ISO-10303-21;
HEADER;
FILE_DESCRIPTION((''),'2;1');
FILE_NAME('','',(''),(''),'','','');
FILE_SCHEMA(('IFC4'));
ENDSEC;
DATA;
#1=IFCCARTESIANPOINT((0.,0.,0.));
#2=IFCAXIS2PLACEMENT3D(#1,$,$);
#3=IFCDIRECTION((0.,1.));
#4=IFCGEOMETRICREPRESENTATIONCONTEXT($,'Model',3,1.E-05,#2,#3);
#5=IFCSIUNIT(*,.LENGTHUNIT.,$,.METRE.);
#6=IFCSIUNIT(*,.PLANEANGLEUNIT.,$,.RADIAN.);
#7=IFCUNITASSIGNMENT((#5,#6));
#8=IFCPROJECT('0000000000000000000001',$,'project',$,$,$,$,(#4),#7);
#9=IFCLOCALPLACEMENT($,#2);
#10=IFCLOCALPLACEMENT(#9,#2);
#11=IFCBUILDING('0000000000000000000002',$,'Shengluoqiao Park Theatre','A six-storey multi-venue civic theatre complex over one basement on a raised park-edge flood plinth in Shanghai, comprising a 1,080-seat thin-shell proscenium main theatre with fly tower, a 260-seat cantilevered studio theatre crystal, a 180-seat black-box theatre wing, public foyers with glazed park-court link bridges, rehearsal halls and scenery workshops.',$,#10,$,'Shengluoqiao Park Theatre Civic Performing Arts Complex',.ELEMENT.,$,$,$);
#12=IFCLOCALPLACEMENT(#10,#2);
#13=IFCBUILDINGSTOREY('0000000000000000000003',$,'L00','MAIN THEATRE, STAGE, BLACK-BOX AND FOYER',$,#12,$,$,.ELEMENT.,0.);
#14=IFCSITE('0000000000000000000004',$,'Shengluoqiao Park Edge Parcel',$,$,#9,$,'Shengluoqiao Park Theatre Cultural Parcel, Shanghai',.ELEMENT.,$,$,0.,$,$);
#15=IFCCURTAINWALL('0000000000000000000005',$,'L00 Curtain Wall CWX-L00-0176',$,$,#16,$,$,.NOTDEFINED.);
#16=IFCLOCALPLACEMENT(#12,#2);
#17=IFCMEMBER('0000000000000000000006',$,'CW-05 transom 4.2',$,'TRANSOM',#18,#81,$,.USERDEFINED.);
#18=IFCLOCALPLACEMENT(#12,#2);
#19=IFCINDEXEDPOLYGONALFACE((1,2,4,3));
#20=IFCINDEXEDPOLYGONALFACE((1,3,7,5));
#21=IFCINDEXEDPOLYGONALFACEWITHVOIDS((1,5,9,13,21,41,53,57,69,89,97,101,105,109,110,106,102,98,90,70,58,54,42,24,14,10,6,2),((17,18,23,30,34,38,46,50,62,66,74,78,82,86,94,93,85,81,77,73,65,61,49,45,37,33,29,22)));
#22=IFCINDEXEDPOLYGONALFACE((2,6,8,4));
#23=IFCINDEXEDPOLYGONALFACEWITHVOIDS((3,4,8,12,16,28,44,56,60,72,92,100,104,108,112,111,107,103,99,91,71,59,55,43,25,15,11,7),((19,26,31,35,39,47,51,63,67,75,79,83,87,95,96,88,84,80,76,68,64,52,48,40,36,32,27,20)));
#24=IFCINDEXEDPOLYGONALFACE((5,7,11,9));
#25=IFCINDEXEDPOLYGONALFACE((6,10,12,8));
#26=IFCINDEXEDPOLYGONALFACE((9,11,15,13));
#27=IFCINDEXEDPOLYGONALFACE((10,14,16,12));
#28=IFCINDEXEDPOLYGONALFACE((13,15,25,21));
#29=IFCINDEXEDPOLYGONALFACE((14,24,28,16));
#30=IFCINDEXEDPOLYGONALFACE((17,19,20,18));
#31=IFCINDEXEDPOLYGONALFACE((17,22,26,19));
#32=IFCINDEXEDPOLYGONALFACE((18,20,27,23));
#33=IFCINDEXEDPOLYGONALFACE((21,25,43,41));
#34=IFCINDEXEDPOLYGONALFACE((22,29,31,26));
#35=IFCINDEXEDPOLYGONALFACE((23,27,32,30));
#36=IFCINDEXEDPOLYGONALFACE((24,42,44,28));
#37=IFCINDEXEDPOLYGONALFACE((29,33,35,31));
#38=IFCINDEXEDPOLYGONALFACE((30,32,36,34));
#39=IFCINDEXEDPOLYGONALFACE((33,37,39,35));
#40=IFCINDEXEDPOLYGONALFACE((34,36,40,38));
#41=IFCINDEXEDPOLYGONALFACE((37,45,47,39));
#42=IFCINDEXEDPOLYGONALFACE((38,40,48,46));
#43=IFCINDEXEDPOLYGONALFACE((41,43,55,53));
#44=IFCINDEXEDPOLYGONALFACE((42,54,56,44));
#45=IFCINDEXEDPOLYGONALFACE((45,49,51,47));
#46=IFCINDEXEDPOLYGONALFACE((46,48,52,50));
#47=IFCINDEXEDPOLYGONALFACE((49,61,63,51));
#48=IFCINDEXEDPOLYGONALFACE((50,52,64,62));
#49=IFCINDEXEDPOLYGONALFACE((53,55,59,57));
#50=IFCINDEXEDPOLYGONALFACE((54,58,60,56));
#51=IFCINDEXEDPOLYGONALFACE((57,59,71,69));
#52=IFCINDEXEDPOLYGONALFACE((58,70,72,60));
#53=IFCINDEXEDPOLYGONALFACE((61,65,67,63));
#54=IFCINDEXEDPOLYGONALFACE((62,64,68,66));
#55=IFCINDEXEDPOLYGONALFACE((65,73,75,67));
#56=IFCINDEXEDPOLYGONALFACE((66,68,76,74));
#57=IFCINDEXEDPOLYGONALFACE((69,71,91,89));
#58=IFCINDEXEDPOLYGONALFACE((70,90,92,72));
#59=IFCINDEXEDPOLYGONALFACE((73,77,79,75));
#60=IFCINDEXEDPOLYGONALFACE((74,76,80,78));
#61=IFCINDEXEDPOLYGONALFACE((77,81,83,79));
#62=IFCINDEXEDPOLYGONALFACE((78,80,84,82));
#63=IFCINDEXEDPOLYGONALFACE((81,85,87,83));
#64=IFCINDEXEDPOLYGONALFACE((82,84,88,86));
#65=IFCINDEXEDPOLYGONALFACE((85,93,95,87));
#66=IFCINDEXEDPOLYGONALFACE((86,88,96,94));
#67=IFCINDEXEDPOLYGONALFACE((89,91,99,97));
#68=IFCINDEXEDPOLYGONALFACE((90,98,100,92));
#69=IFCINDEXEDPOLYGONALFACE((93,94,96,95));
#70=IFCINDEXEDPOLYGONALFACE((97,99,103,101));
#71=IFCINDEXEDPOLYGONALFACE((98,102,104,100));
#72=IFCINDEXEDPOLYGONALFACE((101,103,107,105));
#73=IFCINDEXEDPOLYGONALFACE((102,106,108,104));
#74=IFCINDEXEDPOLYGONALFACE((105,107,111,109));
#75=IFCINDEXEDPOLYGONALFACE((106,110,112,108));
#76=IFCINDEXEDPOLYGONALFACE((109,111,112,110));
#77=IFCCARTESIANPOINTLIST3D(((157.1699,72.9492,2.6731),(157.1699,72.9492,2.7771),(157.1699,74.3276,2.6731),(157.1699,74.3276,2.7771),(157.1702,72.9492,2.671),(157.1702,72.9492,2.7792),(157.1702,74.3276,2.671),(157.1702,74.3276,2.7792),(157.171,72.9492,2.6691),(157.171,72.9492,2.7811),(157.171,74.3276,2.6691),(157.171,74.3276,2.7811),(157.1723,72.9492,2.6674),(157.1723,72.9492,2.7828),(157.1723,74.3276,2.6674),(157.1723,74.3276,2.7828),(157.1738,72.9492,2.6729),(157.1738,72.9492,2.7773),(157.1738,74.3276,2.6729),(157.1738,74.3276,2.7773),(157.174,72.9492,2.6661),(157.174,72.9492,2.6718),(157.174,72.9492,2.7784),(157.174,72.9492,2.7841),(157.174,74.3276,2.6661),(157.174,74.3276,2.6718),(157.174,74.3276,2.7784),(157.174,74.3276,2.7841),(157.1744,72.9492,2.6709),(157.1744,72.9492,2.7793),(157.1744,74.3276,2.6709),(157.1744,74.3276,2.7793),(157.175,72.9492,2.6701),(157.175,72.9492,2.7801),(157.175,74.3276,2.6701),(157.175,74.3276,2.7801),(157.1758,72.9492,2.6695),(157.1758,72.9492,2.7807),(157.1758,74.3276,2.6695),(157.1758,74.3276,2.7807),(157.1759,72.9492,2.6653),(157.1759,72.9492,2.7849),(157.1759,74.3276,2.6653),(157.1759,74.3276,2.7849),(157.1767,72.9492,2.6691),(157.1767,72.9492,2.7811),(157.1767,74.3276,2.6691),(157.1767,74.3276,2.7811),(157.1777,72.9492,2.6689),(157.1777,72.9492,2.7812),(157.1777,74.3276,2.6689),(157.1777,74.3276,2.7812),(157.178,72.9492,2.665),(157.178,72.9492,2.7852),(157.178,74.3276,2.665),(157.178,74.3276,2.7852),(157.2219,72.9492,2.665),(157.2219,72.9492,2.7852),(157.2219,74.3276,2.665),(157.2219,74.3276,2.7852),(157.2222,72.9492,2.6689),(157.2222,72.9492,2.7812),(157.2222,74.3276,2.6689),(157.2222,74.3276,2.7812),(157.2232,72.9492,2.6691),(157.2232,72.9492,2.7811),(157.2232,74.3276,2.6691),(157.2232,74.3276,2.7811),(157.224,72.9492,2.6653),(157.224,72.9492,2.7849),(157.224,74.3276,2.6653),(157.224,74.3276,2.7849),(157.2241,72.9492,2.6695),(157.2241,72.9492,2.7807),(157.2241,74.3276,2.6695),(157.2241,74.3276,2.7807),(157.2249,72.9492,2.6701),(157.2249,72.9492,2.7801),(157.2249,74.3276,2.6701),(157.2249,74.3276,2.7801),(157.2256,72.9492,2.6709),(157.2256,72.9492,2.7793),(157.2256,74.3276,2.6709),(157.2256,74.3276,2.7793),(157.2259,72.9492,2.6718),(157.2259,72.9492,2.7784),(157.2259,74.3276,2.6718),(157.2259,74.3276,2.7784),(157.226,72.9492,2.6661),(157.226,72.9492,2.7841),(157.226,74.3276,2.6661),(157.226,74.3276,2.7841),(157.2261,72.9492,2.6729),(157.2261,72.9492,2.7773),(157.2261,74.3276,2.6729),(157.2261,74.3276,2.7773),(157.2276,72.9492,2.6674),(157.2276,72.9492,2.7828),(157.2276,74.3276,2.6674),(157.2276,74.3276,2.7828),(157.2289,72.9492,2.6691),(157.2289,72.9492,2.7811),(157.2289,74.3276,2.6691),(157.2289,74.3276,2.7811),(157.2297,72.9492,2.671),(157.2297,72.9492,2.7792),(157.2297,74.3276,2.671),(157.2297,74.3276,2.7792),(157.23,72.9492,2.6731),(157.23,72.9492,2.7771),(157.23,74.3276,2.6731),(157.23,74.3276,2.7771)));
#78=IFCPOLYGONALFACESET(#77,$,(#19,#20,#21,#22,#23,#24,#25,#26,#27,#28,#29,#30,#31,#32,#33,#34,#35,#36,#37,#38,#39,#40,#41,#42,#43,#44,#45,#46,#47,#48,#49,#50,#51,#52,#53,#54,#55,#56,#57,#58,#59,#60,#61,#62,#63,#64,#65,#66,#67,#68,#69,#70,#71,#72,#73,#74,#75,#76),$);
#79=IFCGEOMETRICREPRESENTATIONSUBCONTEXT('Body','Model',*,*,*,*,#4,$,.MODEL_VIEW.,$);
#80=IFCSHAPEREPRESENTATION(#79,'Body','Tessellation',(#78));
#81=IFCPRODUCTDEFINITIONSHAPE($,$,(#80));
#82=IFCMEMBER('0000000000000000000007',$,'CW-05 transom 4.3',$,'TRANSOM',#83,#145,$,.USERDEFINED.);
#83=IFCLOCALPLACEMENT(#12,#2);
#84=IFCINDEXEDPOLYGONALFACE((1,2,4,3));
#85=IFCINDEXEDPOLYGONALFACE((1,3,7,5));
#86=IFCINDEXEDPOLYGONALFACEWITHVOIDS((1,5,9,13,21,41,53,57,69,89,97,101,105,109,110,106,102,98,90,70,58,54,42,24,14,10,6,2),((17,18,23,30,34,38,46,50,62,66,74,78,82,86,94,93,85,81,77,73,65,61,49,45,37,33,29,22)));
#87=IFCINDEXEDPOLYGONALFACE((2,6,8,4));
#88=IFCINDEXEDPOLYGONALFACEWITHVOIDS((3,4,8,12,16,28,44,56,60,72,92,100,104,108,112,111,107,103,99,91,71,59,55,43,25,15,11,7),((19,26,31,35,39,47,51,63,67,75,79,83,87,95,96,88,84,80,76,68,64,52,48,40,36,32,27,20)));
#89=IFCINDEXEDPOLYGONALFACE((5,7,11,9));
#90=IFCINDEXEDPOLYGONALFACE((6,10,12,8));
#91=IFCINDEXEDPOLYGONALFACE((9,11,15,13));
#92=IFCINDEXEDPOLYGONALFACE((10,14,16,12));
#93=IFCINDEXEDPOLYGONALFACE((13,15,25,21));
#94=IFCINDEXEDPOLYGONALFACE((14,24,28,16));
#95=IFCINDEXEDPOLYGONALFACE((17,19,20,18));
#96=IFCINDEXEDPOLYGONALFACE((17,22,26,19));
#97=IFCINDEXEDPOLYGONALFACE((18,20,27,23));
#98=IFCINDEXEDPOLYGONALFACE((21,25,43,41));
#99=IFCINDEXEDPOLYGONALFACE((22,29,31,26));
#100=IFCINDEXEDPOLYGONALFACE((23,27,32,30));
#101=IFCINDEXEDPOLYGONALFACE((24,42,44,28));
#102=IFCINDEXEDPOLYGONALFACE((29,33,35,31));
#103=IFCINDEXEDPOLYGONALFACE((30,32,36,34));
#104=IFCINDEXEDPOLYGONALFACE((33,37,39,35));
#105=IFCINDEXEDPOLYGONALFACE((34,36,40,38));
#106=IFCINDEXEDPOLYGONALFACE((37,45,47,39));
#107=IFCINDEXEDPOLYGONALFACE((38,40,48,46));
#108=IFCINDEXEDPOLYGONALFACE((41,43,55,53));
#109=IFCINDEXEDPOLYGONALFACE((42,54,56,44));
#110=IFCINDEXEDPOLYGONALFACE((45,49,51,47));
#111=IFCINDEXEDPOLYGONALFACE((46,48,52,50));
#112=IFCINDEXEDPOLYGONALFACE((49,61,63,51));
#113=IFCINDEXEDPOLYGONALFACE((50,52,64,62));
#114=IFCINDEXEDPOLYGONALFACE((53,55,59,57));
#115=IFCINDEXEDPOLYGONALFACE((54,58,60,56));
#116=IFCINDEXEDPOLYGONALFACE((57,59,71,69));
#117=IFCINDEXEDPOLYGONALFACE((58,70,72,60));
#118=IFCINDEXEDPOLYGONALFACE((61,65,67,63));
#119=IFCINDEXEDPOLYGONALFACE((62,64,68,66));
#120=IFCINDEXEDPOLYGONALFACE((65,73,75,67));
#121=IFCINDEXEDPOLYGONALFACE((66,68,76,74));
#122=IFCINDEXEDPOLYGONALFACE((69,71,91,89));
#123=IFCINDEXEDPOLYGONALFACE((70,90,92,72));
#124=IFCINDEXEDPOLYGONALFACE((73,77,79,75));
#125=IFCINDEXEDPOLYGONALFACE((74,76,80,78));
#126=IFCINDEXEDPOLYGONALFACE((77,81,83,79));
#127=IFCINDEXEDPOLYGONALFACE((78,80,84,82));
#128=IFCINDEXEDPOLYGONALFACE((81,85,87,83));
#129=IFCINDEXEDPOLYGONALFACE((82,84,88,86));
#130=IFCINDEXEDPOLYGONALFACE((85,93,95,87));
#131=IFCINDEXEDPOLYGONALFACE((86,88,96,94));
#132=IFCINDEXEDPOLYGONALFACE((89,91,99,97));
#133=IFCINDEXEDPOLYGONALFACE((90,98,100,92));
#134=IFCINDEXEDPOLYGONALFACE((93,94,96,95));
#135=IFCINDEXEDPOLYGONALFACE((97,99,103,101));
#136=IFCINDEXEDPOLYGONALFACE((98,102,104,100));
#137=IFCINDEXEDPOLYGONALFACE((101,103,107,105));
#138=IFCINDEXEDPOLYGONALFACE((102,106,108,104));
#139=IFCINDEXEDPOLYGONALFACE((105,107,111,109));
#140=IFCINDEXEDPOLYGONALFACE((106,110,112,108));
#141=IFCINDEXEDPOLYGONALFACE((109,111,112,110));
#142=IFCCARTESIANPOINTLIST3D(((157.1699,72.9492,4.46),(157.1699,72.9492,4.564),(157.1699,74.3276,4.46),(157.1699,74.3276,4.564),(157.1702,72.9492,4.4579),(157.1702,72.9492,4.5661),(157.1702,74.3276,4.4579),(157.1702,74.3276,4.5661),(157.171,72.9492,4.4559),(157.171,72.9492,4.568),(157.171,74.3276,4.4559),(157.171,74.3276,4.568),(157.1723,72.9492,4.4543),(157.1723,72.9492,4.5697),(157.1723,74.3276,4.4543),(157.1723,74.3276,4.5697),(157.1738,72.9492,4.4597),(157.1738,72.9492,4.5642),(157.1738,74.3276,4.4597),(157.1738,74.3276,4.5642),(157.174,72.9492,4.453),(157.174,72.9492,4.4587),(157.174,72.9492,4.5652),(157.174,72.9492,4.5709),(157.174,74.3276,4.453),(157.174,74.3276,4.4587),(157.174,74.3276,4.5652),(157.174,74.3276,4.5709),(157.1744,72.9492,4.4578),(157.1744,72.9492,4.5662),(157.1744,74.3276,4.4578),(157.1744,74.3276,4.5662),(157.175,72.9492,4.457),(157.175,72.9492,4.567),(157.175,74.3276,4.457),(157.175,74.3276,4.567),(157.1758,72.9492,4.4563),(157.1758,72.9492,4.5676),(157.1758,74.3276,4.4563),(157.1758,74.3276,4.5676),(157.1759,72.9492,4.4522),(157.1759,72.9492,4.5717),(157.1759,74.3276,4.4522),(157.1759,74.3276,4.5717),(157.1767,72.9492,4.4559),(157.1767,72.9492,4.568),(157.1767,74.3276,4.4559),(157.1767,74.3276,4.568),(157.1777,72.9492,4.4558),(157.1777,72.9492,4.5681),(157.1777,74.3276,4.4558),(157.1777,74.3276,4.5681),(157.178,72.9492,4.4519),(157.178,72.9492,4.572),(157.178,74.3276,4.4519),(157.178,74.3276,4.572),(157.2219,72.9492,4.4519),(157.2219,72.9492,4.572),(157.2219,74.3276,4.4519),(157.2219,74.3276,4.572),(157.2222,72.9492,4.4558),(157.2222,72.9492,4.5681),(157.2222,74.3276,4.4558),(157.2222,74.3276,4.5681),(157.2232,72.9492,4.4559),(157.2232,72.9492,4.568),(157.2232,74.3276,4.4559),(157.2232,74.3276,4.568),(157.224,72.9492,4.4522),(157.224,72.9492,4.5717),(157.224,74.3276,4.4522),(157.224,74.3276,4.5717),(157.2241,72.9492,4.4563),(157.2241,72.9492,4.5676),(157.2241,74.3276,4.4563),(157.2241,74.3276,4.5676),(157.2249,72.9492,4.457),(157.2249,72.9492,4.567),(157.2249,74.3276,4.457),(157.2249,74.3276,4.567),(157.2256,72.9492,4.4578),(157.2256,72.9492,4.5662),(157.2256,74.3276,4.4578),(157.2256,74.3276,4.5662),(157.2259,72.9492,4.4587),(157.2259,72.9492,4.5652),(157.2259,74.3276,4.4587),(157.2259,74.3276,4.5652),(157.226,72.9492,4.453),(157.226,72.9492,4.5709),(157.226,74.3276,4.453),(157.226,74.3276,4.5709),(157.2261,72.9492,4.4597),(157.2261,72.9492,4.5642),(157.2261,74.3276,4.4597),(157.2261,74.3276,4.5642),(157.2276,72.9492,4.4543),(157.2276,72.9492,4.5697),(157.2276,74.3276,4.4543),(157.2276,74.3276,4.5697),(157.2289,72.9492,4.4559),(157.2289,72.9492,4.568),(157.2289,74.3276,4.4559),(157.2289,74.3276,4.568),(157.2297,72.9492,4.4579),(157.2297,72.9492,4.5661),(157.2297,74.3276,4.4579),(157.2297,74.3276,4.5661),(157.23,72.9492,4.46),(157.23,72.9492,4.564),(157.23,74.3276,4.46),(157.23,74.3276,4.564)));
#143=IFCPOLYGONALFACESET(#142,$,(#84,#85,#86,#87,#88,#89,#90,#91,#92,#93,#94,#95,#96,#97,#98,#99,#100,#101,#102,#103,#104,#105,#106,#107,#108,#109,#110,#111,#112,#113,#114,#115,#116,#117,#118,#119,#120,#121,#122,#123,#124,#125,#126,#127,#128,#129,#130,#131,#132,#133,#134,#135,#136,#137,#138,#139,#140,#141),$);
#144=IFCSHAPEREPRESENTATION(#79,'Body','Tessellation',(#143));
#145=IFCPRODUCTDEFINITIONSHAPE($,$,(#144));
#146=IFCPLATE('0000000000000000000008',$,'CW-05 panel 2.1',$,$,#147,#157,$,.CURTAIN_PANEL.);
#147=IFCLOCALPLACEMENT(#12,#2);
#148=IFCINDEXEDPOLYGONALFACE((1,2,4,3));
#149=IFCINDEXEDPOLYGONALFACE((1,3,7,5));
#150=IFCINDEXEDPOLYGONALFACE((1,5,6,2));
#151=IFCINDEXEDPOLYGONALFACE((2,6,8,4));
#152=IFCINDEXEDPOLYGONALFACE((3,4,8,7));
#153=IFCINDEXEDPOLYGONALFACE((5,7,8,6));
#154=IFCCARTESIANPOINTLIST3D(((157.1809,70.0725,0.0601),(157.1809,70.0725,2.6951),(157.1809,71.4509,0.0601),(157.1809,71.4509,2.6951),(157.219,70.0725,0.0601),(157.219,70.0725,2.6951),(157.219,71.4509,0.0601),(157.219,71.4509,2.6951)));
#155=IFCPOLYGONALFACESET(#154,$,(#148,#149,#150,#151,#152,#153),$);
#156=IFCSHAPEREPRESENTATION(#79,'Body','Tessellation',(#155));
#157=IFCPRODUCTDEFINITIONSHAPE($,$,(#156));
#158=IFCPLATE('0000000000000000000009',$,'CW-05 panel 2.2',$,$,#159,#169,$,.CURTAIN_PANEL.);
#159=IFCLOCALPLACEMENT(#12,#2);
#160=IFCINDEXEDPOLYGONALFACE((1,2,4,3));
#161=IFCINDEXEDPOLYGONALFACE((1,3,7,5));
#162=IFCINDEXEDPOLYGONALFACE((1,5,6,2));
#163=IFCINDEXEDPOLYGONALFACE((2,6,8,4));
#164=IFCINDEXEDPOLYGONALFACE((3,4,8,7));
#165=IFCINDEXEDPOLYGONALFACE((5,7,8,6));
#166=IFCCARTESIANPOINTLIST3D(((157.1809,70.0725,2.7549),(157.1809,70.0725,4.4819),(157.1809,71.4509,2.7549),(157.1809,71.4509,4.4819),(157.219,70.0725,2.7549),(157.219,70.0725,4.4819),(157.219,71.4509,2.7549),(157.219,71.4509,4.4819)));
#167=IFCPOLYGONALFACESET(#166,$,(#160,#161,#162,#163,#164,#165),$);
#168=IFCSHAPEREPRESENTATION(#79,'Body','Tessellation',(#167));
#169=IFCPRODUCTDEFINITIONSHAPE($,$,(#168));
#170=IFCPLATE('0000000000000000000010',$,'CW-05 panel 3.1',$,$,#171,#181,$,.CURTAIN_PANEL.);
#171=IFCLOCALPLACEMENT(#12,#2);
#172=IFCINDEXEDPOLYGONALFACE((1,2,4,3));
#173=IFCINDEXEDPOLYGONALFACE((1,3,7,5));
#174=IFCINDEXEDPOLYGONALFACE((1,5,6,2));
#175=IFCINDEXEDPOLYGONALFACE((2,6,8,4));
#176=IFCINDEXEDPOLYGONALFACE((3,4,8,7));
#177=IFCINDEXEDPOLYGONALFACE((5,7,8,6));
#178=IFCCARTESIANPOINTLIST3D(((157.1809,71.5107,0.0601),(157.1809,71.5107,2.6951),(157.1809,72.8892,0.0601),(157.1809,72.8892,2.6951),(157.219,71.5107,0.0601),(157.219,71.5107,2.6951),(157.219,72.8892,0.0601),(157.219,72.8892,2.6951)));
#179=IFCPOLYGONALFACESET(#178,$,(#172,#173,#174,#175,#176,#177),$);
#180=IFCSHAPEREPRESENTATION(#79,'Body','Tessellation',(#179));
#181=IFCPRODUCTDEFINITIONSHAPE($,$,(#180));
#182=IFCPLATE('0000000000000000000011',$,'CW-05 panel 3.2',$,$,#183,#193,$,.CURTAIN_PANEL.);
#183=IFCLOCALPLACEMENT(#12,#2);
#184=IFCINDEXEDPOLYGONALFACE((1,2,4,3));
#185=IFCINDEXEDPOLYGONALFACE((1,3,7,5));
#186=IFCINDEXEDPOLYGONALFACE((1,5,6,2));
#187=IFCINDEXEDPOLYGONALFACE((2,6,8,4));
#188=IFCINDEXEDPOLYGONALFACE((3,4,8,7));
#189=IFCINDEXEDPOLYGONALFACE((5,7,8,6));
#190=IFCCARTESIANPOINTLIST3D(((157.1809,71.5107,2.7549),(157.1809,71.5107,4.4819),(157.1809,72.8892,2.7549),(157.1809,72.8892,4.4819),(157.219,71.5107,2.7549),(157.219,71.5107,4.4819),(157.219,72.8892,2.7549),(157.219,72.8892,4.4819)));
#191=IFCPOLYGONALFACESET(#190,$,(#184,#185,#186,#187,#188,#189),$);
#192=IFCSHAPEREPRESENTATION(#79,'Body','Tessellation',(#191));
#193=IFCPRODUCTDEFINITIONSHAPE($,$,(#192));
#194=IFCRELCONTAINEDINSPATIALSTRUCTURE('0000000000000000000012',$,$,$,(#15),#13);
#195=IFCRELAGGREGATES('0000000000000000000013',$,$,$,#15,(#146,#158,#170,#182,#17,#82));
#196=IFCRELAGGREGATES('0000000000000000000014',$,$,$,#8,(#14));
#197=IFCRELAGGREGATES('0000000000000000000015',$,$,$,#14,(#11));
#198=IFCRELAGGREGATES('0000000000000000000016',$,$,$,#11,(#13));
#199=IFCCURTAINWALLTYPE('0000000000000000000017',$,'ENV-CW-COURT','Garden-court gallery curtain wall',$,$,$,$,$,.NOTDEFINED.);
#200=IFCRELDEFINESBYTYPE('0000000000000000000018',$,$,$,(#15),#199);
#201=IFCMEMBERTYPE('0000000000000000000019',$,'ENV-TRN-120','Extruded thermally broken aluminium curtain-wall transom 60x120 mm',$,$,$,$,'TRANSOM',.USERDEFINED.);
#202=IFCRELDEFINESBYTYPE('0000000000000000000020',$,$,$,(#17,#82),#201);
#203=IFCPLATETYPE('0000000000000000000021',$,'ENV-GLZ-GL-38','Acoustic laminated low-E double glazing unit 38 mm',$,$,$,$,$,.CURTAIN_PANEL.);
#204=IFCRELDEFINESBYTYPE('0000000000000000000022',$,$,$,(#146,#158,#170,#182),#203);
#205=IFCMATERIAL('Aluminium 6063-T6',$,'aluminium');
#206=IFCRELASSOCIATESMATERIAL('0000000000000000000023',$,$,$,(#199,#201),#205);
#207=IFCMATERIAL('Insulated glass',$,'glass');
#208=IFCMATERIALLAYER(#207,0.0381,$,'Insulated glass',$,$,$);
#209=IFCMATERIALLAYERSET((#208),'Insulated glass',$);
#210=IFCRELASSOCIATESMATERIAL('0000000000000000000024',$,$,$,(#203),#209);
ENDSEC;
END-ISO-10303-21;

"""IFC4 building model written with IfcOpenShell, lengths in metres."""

from ifc_helpers import new_model, si_unit, direction, frame, origin, origin_2d, place, context, subcontext, project, spatial, rectangle, hollow_rectangle, extrude, material, layer, layer_set, material_profile, profile_set, type_object, element, aggregate, save


model = new_model("IFC4")

# Units and contexts
model_context = context("Model", 3, precision=1e-05, world=origin(), true_north=direction((0.0, 1.0)))
body_context = subcontext(model_context, "Body", "Model", "MODEL_VIEW")
ifc_project = project(units=[si_unit("LENGTHUNIT", "METRE"), si_unit("PLANEANGLEUNIT", "RADIAN")], contexts=[model_context])

# Site, building, storey
site_placement = place(None, origin())
site = spatial("IfcSite", under=ifc_project, at=site_placement, Name="Shengluoqiao Park Edge Parcel", LongName="Shengluoqiao Park Theatre Cultural Parcel, Shanghai", CompositionType="ELEMENT", RefElevation=0.0)
building_placement = place(site_placement, origin())
building = spatial("IfcBuilding", under=site, at=building_placement, Name="Shengluoqiao Park Theatre", Description="A six-storey multi-venue civic theatre complex over one basement on a raised park-edge flood plinth in Shanghai, comprising a 1,080-seat thin-shell proscenium main theatre with fly tower, a 260-seat cantilevered studio theatre crystal, a 180-seat black-box theatre wing, public foyers with glazed park-court link bridges, rehearsal halls and scenery workshops.", LongName="Shengluoqiao Park Theatre Civic Performing Arts Complex", CompositionType="ELEMENT")
storey_placement = place(building_placement, origin())
storey = spatial("IfcBuildingStorey", under=building, at=storey_placement, Name="L00", Description="MAIN THEATRE, STAGE, BLACK-BOX AND FOYER", CompositionType="ELEMENT", Elevation=0.0)

# Curtain wall, members, plates
ifc_material_1 = material(Name="Aluminium 6063-T6", Category="aluminium")
curtain_wall_type = type_object("IfcCurtainWallType", Name="ENV-CW-COURT", Description="Garden-court gallery curtain wall", PredefinedType="NOTDEFINED", material=ifc_material_1)
curtain_wall_placement = place(storey_placement, origin())
curtain_wall = element("IfcCurtainWall", 1, at=curtain_wall_placement, inside=storey, type_object=curtain_wall_type, Name="L00 Curtain Wall CWX-L00-0176", PredefinedType="NOTDEFINED")
ifc_material_profile_1 = material_profile(ifc_material_1, hollow_rectangle(XDim=0.0601, YDim=0.1201, WallThickness=0.0039, InnerFilletRadius=0.0039, OuterFilletRadius=0.0081, at=origin_2d()), Name="ALU TRANSOM 120x60x4")
ifc_profile_set_1 = profile_set([ifc_material_profile_1], Name="Aluminium 6063-T6")
member_type_1 = type_object("IfcMemberType", Name="ENV-TRN-120", Description="Extruded thermally broken aluminium curtain-wall transom 60x120 mm", ElementType="TRANSOM", PredefinedType="USERDEFINED", material=ifc_profile_set_1)
member_1_placement = place(storey_placement, frame((157.2, 72.9492, 2.7251), z_axis=(0.0, 1.0, 0.0), x_axis=(-1.0, 0.0, 0.0)))
member_1 = element("IfcMember", 2, at=member_1_placement, type_object=member_type_1, Name="CW-05 transom 4.2", ObjectType="TRANSOM", PredefinedType="USERDEFINED", context=body_context, shape_type="SweptSolid", body=[
    extrude(hollow_rectangle(XDim=0.0601, YDim=0.1201, WallThickness=0.0039, InnerFilletRadius=0.0039, OuterFilletRadius=0.0081, at=origin_2d()), origin(), (0.0, 0.0, 1.0), 1.3784),
])
member_2_placement = place(storey_placement, frame((157.2, 72.9492, 4.512), z_axis=(0.0, 1.0, 0.0), x_axis=(-1.0, 0.0, 0.0)))
member_2 = element("IfcMember", 3, at=member_2_placement, type_object=member_type_1, Name="CW-05 transom 4.3", ObjectType="TRANSOM", PredefinedType="USERDEFINED", context=body_context, shape_type="SweptSolid", body=[
    extrude(hollow_rectangle(XDim=0.0601, YDim=0.1201, WallThickness=0.0039, InnerFilletRadius=0.0039, OuterFilletRadius=0.0081, at=origin_2d()), origin(), (0.0, 0.0, 1.0), 1.3784),
])
ifc_material_2 = material(Name="Insulated glass", Category="glass")
ifc_layer = layer(ifc_material_2, 0.0381, Name="Insulated glass")
ifc_layer_set = layer_set([ifc_layer], Name="Insulated glass")
plate_type = type_object("IfcPlateType", Name="ENV-GLZ-GL-38", Description="Acoustic laminated low-E double glazing unit 38 mm", PredefinedType="CURTAIN_PANEL", material=ifc_layer_set)
plate_1_placement = place(storey_placement, frame((157.2, 70.7617, 0.0601), z_axis=(0.0, 0.0, 1.0), x_axis=(0.0, 1.0, 0.0)))
plate_1 = element("IfcPlate", 4, at=plate_1_placement, type_object=plate_type, Name="CW-05 panel 2.1", PredefinedType="CURTAIN_PANEL", context=body_context, shape_type="SweptSolid", body=[
    extrude(rectangle(XDim=1.3784, YDim=0.0381, at=origin_2d()), origin(), (0.0, 0.0, 1.0), 2.635),
])
plate_2_placement = place(storey_placement, frame((157.2, 70.7617, 2.7549), z_axis=(0.0, 0.0, 1.0), x_axis=(0.0, 1.0, 0.0)))
plate_2 = element("IfcPlate", 5, at=plate_2_placement, type_object=plate_type, Name="CW-05 panel 2.2", PredefinedType="CURTAIN_PANEL", context=body_context, shape_type="SweptSolid", body=[
    extrude(rectangle(XDim=1.3784, YDim=0.0381, at=origin_2d()), origin(), (0.0, 0.0, 1.0), 1.7271),
])
plate_3_placement = place(storey_placement, frame((157.2, 72.2, 0.0601), z_axis=(0.0, 0.0, 1.0), x_axis=(0.0, 1.0, 0.0)))
plate_3 = element("IfcPlate", 6, at=plate_3_placement, type_object=plate_type, Name="CW-05 panel 3.1", PredefinedType="CURTAIN_PANEL", context=body_context, shape_type="SweptSolid", body=[
    extrude(rectangle(XDim=1.3784, YDim=0.0381, at=origin_2d()), origin(), (0.0, 0.0, 1.0), 2.635),
])
plate_4_placement = place(storey_placement, frame((157.2, 72.2, 2.7549), z_axis=(0.0, 0.0, 1.0), x_axis=(0.0, 1.0, 0.0)))
plate_4 = element("IfcPlate", 7, at=plate_4_placement, type_object=plate_type, Name="CW-05 panel 3.2", PredefinedType="CURTAIN_PANEL", context=body_context, shape_type="SweptSolid", body=[
    extrude(rectangle(XDim=1.3784, YDim=0.0381, at=origin_2d()), origin(), (0.0, 0.0, 1.0), 1.7271),
])
aggregate(curtain_wall, [plate_1, plate_2, plate_3, plate_4, member_1, member_2])

save(model, "model.ifc")
